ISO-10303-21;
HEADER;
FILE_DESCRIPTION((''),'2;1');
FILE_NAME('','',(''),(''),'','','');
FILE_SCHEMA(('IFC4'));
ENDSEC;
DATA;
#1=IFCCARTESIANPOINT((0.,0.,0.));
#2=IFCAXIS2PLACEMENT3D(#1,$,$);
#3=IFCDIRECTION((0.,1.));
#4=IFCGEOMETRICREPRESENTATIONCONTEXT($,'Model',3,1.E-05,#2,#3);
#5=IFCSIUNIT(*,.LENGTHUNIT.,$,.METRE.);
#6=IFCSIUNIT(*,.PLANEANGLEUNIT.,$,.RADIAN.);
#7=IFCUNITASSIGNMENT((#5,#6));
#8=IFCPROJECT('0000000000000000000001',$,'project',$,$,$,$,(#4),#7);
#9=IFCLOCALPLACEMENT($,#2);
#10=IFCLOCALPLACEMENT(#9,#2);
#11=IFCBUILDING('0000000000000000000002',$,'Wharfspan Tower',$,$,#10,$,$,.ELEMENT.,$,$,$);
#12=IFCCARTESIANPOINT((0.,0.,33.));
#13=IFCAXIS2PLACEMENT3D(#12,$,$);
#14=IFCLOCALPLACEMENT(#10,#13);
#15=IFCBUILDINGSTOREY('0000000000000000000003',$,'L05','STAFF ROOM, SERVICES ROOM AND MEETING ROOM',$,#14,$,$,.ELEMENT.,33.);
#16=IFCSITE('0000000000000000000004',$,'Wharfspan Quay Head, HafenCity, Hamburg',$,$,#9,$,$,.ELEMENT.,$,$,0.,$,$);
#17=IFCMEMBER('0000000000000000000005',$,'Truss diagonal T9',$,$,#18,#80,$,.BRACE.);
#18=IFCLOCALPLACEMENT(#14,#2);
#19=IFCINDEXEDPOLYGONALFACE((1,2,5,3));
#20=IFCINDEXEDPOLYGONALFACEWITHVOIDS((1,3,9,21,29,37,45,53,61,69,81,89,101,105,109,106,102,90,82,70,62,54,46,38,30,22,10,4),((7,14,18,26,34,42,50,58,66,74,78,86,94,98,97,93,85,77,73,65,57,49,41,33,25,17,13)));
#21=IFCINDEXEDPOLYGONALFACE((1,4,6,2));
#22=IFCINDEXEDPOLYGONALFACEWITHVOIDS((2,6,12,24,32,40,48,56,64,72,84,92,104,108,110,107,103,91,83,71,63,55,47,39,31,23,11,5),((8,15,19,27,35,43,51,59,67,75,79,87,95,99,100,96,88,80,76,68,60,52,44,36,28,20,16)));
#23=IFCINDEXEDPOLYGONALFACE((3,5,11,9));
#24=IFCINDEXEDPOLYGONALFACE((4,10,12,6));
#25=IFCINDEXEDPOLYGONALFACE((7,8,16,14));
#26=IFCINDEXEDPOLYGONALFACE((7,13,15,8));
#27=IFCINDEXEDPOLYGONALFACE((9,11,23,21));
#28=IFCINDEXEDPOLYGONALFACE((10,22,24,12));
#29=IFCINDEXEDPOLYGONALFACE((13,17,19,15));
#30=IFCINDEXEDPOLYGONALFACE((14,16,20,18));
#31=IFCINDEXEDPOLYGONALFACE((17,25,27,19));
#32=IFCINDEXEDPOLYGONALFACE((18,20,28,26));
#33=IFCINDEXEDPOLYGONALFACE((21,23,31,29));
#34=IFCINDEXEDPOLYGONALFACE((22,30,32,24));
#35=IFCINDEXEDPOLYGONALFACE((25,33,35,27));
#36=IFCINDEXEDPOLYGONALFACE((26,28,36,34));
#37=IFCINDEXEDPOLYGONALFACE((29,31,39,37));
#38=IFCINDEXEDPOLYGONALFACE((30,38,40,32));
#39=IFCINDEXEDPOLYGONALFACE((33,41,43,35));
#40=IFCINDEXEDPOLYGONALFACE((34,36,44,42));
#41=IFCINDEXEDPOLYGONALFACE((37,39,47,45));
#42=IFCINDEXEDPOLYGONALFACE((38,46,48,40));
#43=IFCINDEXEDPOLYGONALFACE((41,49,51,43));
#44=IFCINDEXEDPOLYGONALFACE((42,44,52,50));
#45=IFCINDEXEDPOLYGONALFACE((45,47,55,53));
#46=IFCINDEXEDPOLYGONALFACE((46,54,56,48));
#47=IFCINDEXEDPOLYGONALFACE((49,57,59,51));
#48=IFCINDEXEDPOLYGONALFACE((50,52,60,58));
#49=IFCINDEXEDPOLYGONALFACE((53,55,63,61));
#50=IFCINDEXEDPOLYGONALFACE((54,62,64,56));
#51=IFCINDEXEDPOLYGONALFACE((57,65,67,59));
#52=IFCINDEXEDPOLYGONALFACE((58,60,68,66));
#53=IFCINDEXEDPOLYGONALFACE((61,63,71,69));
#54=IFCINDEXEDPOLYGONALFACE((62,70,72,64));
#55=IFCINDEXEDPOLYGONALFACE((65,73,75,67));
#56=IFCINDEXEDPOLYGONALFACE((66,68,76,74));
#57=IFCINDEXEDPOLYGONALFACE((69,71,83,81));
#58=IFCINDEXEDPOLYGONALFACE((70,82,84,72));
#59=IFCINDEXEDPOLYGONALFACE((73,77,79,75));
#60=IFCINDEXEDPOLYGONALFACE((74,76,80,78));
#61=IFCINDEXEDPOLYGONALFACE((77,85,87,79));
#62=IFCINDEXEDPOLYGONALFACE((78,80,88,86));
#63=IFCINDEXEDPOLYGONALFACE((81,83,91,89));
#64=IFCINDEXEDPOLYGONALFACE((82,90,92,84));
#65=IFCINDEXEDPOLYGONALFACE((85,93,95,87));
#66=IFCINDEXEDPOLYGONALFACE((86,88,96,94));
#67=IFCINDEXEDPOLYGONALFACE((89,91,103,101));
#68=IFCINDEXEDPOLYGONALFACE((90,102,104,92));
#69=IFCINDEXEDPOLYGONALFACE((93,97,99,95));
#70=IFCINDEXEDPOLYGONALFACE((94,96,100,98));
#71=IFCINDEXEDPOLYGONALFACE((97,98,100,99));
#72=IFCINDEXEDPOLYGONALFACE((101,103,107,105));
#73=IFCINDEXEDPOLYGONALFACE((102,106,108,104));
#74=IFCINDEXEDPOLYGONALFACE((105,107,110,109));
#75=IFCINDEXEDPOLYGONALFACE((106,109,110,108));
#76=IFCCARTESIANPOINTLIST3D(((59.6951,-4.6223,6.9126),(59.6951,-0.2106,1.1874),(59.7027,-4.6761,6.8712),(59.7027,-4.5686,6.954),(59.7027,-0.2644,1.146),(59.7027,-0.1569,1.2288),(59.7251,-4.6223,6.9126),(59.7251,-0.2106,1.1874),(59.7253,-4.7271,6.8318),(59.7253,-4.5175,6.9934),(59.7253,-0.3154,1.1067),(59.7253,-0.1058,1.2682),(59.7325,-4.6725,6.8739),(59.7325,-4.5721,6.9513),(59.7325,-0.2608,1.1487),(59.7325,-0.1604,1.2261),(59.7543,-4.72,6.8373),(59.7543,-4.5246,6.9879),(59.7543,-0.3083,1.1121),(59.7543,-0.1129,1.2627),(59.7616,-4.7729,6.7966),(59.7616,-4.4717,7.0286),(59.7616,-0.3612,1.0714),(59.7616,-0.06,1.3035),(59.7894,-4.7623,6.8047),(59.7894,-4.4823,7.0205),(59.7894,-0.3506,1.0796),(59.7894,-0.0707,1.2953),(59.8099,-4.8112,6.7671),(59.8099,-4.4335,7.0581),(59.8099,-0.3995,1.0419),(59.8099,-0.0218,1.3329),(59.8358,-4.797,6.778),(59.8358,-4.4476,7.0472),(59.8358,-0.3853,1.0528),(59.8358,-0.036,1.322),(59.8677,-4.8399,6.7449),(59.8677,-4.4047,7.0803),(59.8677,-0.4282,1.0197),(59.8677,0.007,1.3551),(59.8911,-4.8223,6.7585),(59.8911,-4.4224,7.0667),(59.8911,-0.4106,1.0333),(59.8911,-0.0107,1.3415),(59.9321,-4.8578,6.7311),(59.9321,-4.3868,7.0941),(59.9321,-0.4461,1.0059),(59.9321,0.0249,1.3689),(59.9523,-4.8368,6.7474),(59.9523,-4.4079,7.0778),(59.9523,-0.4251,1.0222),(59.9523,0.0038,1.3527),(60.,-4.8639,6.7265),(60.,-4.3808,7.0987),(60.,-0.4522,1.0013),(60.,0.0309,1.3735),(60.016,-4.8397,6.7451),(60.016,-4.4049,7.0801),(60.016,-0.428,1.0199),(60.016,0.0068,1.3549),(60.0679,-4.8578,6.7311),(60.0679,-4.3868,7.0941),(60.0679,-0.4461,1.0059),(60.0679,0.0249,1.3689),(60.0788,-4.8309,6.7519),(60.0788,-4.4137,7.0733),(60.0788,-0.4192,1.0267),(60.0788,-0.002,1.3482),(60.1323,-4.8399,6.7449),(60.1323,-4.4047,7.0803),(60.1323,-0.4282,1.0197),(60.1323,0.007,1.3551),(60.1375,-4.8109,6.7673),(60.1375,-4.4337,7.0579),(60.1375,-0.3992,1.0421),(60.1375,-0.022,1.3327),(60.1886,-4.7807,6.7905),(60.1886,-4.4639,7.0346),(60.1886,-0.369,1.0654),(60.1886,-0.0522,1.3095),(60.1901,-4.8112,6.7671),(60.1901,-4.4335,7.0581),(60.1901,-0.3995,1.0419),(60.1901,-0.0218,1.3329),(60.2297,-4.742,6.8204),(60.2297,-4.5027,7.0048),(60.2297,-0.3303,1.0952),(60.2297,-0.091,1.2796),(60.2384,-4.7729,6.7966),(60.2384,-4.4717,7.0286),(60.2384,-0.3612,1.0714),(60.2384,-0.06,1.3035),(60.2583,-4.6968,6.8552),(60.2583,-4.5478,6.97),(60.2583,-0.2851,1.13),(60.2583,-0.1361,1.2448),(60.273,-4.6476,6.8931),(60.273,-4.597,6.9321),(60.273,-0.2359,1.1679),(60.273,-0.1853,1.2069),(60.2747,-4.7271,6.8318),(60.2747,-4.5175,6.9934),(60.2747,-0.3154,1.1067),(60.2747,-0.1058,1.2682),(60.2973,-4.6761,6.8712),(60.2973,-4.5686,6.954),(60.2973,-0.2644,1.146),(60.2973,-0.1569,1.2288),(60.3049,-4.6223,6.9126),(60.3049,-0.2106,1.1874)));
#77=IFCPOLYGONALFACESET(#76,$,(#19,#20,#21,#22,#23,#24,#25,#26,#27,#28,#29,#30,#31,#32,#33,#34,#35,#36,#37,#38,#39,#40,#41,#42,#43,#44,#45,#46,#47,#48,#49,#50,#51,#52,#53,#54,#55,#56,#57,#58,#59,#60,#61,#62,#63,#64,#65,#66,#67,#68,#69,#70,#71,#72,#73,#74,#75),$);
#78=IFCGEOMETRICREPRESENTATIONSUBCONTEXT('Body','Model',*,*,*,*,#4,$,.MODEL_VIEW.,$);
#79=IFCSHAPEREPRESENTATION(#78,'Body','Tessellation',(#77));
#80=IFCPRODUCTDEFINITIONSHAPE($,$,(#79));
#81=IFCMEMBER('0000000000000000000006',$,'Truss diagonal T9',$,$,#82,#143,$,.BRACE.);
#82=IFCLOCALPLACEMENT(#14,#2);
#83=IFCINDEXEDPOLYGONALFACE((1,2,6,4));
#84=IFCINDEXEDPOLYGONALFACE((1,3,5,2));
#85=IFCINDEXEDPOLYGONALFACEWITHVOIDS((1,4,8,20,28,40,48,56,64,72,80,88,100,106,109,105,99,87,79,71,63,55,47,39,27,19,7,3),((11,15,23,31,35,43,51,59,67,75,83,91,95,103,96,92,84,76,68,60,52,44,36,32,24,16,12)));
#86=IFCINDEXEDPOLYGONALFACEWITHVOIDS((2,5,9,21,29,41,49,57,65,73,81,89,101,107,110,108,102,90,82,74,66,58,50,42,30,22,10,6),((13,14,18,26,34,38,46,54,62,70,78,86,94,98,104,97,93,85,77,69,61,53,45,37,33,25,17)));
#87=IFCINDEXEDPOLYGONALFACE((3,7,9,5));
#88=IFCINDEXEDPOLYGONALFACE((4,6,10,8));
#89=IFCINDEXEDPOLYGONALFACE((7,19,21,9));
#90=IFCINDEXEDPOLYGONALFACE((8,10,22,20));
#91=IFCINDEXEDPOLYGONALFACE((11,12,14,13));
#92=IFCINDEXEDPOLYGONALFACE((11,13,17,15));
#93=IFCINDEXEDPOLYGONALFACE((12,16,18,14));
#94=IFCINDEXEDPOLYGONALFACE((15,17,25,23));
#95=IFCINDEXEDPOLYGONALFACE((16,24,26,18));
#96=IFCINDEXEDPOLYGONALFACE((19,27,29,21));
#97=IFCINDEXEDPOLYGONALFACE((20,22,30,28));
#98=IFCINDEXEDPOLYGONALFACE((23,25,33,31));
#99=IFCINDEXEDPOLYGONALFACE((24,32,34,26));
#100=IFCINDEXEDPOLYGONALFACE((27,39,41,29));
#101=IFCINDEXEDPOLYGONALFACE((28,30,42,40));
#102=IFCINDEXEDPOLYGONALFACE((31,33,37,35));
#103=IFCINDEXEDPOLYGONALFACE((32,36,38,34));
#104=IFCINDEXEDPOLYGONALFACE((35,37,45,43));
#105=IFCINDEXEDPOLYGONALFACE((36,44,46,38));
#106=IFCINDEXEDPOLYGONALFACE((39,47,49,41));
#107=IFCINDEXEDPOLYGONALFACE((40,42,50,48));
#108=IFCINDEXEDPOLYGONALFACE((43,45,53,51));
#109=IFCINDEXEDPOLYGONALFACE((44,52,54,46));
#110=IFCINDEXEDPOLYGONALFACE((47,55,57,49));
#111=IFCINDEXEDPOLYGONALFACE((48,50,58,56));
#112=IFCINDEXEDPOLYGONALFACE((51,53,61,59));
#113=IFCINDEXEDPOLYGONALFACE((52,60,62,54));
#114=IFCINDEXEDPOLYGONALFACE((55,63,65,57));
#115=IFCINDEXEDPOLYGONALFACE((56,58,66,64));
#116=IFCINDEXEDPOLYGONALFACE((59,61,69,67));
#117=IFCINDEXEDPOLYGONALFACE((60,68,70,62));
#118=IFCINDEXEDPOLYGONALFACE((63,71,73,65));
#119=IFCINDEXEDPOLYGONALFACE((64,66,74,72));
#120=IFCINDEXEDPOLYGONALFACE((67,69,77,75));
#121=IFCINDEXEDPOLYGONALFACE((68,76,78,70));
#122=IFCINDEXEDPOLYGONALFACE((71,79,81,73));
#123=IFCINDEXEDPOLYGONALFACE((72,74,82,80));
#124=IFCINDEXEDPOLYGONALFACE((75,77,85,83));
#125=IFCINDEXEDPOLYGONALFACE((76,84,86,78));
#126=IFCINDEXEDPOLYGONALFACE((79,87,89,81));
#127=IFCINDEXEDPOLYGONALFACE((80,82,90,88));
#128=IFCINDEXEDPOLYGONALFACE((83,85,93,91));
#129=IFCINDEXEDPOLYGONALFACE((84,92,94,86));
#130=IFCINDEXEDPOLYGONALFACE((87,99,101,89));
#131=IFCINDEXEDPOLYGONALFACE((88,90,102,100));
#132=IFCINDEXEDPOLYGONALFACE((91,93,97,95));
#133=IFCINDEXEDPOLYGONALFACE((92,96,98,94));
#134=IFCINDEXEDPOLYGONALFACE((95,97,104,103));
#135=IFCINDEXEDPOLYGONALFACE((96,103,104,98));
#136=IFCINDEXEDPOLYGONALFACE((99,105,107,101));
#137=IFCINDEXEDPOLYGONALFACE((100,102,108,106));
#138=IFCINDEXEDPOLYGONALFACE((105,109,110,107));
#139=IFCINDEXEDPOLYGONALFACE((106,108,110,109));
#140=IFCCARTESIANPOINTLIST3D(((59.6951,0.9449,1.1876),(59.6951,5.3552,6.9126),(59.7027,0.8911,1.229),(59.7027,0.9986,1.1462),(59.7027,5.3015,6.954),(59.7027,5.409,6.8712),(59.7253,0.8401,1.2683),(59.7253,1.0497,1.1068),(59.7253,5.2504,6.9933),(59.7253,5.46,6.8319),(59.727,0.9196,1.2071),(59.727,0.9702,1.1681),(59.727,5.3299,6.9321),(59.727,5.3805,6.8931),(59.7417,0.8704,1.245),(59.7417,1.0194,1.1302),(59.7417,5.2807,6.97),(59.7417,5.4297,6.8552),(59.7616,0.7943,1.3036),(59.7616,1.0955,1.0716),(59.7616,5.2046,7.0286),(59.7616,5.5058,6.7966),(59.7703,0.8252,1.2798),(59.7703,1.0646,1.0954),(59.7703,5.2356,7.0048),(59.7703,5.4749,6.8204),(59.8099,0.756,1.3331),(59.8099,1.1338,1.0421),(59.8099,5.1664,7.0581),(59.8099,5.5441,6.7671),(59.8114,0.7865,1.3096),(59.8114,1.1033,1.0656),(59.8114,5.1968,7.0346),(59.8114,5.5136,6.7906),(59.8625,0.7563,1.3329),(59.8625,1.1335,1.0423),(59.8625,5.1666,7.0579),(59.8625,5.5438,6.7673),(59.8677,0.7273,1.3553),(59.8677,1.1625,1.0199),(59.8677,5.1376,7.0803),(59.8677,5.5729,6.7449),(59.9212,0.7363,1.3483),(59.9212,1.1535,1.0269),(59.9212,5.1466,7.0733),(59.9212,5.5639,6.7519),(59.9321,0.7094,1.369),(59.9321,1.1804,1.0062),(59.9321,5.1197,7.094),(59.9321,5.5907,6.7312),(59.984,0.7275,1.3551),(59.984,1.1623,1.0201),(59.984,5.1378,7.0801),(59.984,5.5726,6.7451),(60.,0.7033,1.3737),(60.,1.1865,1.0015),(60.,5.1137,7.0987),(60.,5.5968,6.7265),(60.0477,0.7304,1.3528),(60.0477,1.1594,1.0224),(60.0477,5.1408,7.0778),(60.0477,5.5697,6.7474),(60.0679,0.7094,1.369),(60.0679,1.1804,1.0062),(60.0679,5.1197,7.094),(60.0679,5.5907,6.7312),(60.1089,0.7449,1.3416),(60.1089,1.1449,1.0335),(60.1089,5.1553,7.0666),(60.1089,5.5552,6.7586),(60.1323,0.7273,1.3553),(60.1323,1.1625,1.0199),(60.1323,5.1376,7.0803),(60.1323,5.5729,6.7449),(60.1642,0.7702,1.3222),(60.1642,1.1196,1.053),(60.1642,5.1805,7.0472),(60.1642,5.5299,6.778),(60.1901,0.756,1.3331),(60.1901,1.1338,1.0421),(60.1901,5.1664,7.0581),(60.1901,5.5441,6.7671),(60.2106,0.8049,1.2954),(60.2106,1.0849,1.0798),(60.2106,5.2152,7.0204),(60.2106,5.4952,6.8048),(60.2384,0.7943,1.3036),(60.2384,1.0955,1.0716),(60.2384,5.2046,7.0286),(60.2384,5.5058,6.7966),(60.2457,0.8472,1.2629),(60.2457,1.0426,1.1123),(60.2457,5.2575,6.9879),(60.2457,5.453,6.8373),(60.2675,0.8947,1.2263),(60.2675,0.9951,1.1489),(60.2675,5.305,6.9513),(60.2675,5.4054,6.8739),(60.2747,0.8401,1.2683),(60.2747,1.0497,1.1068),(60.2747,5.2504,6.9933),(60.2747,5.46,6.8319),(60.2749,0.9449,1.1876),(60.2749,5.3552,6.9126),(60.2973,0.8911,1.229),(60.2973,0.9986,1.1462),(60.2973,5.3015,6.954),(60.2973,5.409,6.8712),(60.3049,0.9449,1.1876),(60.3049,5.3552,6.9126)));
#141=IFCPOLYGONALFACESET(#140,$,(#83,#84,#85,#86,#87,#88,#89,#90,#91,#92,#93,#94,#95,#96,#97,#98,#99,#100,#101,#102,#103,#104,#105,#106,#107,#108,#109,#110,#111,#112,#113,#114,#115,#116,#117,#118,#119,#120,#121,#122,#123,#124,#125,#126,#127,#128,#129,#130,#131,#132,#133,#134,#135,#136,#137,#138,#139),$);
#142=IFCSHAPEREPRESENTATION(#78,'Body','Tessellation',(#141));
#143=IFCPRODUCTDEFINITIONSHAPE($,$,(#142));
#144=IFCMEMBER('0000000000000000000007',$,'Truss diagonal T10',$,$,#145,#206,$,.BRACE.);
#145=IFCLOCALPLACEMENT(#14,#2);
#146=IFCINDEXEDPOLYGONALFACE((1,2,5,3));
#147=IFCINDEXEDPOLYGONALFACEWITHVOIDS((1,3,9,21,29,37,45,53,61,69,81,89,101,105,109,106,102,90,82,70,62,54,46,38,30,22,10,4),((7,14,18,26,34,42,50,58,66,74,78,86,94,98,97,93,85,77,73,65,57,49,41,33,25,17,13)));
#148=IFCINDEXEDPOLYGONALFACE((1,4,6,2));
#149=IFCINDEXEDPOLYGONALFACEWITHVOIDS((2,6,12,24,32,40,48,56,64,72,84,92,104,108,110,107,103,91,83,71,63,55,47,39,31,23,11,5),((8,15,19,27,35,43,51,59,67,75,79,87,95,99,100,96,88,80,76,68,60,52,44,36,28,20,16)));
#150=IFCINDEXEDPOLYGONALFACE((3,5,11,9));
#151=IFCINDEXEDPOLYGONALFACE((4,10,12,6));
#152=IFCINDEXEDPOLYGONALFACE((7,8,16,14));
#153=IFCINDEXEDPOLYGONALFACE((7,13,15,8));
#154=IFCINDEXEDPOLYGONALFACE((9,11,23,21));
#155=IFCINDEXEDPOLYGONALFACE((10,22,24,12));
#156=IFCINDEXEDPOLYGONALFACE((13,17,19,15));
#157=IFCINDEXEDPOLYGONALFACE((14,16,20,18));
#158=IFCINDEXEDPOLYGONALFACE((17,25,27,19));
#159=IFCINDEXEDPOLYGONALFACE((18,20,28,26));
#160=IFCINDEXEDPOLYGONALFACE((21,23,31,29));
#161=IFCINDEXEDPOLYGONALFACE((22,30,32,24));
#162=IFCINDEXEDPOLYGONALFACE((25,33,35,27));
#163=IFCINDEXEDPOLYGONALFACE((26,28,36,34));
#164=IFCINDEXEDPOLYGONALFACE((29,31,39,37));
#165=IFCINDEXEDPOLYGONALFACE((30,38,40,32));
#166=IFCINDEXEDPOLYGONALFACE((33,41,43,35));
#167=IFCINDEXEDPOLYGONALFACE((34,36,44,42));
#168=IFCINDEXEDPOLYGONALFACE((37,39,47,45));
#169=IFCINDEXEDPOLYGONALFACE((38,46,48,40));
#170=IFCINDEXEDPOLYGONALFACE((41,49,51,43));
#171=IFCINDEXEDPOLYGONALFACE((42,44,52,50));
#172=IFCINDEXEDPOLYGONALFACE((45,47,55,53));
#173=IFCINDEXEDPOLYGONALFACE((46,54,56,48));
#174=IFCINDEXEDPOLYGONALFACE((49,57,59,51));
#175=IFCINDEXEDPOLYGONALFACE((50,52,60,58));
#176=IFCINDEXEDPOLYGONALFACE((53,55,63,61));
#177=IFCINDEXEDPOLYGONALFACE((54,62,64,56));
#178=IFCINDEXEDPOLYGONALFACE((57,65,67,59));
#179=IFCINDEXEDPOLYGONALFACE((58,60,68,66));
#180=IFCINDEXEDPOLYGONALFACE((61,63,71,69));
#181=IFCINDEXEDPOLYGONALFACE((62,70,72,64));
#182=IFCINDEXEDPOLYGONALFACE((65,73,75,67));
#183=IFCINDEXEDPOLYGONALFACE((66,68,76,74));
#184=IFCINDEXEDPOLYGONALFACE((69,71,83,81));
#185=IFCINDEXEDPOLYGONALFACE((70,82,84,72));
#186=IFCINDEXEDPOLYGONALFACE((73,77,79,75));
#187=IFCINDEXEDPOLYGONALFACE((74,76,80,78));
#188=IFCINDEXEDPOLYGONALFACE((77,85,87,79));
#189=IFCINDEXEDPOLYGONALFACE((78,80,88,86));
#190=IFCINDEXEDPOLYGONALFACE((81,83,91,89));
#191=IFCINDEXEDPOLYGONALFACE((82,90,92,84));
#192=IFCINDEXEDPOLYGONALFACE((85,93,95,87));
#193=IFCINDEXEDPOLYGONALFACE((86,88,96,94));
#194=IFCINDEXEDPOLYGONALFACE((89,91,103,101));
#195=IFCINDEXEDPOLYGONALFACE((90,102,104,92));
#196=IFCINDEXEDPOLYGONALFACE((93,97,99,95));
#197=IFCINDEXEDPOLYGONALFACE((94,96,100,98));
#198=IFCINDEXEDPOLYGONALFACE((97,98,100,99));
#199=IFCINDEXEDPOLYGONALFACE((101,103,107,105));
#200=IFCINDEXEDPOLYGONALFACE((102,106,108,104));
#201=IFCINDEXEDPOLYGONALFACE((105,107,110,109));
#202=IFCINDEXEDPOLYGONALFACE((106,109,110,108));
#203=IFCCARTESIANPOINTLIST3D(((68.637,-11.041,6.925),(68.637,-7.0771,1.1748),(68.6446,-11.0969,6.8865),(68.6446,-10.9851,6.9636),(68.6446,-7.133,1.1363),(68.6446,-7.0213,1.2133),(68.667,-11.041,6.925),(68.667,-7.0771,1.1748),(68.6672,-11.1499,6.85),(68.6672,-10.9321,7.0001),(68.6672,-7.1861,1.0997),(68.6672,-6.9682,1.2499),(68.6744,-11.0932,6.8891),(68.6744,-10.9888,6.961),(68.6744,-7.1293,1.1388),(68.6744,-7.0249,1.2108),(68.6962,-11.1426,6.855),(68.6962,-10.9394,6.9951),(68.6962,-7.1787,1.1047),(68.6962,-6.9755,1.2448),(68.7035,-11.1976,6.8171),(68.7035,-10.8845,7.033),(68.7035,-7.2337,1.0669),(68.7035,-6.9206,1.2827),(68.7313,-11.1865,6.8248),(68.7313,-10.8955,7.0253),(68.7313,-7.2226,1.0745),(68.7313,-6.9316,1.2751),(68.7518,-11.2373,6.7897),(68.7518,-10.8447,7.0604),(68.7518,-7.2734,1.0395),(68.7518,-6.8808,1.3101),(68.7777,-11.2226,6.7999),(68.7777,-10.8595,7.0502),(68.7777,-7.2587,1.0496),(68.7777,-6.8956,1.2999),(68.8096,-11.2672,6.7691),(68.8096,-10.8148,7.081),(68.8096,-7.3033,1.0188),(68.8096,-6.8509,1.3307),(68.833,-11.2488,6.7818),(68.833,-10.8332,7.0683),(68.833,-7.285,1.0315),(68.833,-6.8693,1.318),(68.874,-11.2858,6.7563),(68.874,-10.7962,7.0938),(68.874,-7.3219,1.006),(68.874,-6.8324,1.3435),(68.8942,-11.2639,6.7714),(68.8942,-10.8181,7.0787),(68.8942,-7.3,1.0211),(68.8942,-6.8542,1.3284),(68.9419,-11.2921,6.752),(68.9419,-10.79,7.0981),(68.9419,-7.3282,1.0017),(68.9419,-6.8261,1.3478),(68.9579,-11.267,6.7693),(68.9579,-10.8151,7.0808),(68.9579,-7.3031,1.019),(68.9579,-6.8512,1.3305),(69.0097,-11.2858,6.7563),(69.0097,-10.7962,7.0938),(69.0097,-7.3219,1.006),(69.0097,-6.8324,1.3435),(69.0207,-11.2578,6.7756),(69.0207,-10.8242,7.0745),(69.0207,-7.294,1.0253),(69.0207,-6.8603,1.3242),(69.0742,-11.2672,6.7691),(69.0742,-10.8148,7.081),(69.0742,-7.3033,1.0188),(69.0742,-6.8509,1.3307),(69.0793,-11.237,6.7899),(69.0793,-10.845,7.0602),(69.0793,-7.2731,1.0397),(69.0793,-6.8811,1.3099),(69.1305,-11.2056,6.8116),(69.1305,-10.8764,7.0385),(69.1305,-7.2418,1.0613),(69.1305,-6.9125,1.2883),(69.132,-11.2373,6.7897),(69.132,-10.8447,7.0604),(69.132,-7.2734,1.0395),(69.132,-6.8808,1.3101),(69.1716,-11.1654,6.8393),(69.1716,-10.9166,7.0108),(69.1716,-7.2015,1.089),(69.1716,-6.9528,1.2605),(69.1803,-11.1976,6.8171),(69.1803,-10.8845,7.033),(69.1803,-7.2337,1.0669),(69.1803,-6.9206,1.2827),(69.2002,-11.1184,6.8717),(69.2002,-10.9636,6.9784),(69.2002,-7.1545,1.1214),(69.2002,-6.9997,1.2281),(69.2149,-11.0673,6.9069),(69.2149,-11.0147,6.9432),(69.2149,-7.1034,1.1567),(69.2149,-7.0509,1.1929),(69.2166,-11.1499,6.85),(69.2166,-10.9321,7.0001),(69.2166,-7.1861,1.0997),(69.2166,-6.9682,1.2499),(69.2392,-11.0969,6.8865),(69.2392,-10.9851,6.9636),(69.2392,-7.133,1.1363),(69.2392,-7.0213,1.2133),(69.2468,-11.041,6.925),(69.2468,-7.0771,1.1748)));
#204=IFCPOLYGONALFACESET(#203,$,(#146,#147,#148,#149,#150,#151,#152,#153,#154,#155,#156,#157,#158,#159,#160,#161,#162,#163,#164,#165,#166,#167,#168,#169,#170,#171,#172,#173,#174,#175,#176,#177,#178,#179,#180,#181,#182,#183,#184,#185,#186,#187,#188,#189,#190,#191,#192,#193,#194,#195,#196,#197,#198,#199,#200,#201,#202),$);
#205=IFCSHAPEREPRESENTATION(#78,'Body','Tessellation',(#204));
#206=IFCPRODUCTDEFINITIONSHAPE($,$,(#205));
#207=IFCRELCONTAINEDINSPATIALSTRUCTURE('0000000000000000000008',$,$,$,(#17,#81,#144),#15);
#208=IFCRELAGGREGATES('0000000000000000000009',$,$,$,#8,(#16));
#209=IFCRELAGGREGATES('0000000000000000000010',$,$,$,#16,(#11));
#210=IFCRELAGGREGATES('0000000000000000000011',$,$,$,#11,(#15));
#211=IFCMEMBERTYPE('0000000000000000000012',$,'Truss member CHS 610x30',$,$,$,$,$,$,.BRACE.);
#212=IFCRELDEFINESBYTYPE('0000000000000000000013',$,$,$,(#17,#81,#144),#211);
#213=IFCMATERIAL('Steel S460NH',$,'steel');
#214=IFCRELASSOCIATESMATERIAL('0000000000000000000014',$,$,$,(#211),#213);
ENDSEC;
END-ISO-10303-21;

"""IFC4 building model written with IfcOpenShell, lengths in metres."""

from ifc_helpers import new_model, si_unit, direction, frame, origin, origin_2d, place, context, subcontext, project, spatial, hollow_circle, extrude, material, material_profile, profile_set, type_object, element, save


model = new_model("IFC4")

# Units and contexts
model_context = context("Model", 3, precision=1e-05, world=origin(), true_north=direction((0.0, 1.0)))
body_context = subcontext(model_context, "Body", "Model", "MODEL_VIEW")
ifc_project = project(units=[si_unit("LENGTHUNIT", "METRE"), si_unit("PLANEANGLEUNIT", "RADIAN")], contexts=[model_context])

# Site, building, storey
site_placement = place(None, origin())
site = spatial("IfcSite", under=ifc_project, at=site_placement, Name="Wharfspan Quay Head, HafenCity, Hamburg", CompositionType="ELEMENT", RefElevation=0.0)
building_placement = place(site_placement, origin())
building = spatial("IfcBuilding", under=site, at=building_placement, Name="Wharfspan Tower", CompositionType="ELEMENT")
storey_placement = place(building_placement, frame((0.0, 0.0, 33.0)))
storey = spatial("IfcBuildingStorey", under=building, at=storey_placement, Name="L05", Description="STAFF ROOM, SERVICES ROOM AND MEETING ROOM", CompositionType="ELEMENT", Elevation=33.0)

# Members
ifc_material_1 = material(Name="Steel S460NH", Category="steel")
ifc_material_profile_1 = material_profile(ifc_material_1, hollow_circle(Radius=0.3049, WallThickness=0.03, at=origin_2d()))
ifc_profile_set_1 = profile_set([ifc_material_profile_1], Name="Steel S460NH")
member_type_1 = type_object("IfcMemberType", Name="Truss member CHS 610x30", PredefinedType="BRACE", material=ifc_profile_set_1)
member_1_placement = place(storey_placement, frame((60.0, -4.6223, 6.9126), z_axis=(0.0, 0.61038, -0.792109), x_axis=(-1.0, 0.0, 0.0)))
element("IfcMember", 1, at=member_1_placement, inside=storey, type_object=member_type_1, Name="Truss diagonal T9", PredefinedType="BRACE", context=body_context, shape_type="SweptSolid", body=[
    extrude(hollow_circle(Radius=0.3049, WallThickness=0.03, at=origin_2d()), origin(), (0.0, 0.0, 1.0), 7.2278),
])
member_2_placement = place(storey_placement, frame((60.0, 5.3552, 6.9126), z_axis=(0.0, -0.610274, -0.792191), x_axis=(1.0, 0.0, 0.0)))
element("IfcMember", 2, at=member_2_placement, inside=storey, type_object=member_type_1, Name="Truss diagonal T9", PredefinedType="BRACE", context=body_context, shape_type="SweptSolid", body=[
    extrude(hollow_circle(Radius=0.3049, WallThickness=0.03, at=origin_2d()), origin(), (0.0, 0.0, 1.0), 7.2268),
])
member_3_placement = place(storey_placement, frame((68.9419, -11.041, 6.925), z_axis=(0.0, 0.567556, -0.823334), x_axis=(-1.0, 0.0, 0.0)))
element("IfcMember", 3, at=member_3_placement, inside=storey, type_object=member_type_1, Name="Truss diagonal T10", PredefinedType="BRACE", context=body_context, shape_type="SweptSolid", body=[
    extrude(hollow_circle(Radius=0.3049, WallThickness=0.03, at=origin_2d()), origin(), (0.0, 0.0, 1.0), 6.9841),
])

save(model, "model.ifc")
